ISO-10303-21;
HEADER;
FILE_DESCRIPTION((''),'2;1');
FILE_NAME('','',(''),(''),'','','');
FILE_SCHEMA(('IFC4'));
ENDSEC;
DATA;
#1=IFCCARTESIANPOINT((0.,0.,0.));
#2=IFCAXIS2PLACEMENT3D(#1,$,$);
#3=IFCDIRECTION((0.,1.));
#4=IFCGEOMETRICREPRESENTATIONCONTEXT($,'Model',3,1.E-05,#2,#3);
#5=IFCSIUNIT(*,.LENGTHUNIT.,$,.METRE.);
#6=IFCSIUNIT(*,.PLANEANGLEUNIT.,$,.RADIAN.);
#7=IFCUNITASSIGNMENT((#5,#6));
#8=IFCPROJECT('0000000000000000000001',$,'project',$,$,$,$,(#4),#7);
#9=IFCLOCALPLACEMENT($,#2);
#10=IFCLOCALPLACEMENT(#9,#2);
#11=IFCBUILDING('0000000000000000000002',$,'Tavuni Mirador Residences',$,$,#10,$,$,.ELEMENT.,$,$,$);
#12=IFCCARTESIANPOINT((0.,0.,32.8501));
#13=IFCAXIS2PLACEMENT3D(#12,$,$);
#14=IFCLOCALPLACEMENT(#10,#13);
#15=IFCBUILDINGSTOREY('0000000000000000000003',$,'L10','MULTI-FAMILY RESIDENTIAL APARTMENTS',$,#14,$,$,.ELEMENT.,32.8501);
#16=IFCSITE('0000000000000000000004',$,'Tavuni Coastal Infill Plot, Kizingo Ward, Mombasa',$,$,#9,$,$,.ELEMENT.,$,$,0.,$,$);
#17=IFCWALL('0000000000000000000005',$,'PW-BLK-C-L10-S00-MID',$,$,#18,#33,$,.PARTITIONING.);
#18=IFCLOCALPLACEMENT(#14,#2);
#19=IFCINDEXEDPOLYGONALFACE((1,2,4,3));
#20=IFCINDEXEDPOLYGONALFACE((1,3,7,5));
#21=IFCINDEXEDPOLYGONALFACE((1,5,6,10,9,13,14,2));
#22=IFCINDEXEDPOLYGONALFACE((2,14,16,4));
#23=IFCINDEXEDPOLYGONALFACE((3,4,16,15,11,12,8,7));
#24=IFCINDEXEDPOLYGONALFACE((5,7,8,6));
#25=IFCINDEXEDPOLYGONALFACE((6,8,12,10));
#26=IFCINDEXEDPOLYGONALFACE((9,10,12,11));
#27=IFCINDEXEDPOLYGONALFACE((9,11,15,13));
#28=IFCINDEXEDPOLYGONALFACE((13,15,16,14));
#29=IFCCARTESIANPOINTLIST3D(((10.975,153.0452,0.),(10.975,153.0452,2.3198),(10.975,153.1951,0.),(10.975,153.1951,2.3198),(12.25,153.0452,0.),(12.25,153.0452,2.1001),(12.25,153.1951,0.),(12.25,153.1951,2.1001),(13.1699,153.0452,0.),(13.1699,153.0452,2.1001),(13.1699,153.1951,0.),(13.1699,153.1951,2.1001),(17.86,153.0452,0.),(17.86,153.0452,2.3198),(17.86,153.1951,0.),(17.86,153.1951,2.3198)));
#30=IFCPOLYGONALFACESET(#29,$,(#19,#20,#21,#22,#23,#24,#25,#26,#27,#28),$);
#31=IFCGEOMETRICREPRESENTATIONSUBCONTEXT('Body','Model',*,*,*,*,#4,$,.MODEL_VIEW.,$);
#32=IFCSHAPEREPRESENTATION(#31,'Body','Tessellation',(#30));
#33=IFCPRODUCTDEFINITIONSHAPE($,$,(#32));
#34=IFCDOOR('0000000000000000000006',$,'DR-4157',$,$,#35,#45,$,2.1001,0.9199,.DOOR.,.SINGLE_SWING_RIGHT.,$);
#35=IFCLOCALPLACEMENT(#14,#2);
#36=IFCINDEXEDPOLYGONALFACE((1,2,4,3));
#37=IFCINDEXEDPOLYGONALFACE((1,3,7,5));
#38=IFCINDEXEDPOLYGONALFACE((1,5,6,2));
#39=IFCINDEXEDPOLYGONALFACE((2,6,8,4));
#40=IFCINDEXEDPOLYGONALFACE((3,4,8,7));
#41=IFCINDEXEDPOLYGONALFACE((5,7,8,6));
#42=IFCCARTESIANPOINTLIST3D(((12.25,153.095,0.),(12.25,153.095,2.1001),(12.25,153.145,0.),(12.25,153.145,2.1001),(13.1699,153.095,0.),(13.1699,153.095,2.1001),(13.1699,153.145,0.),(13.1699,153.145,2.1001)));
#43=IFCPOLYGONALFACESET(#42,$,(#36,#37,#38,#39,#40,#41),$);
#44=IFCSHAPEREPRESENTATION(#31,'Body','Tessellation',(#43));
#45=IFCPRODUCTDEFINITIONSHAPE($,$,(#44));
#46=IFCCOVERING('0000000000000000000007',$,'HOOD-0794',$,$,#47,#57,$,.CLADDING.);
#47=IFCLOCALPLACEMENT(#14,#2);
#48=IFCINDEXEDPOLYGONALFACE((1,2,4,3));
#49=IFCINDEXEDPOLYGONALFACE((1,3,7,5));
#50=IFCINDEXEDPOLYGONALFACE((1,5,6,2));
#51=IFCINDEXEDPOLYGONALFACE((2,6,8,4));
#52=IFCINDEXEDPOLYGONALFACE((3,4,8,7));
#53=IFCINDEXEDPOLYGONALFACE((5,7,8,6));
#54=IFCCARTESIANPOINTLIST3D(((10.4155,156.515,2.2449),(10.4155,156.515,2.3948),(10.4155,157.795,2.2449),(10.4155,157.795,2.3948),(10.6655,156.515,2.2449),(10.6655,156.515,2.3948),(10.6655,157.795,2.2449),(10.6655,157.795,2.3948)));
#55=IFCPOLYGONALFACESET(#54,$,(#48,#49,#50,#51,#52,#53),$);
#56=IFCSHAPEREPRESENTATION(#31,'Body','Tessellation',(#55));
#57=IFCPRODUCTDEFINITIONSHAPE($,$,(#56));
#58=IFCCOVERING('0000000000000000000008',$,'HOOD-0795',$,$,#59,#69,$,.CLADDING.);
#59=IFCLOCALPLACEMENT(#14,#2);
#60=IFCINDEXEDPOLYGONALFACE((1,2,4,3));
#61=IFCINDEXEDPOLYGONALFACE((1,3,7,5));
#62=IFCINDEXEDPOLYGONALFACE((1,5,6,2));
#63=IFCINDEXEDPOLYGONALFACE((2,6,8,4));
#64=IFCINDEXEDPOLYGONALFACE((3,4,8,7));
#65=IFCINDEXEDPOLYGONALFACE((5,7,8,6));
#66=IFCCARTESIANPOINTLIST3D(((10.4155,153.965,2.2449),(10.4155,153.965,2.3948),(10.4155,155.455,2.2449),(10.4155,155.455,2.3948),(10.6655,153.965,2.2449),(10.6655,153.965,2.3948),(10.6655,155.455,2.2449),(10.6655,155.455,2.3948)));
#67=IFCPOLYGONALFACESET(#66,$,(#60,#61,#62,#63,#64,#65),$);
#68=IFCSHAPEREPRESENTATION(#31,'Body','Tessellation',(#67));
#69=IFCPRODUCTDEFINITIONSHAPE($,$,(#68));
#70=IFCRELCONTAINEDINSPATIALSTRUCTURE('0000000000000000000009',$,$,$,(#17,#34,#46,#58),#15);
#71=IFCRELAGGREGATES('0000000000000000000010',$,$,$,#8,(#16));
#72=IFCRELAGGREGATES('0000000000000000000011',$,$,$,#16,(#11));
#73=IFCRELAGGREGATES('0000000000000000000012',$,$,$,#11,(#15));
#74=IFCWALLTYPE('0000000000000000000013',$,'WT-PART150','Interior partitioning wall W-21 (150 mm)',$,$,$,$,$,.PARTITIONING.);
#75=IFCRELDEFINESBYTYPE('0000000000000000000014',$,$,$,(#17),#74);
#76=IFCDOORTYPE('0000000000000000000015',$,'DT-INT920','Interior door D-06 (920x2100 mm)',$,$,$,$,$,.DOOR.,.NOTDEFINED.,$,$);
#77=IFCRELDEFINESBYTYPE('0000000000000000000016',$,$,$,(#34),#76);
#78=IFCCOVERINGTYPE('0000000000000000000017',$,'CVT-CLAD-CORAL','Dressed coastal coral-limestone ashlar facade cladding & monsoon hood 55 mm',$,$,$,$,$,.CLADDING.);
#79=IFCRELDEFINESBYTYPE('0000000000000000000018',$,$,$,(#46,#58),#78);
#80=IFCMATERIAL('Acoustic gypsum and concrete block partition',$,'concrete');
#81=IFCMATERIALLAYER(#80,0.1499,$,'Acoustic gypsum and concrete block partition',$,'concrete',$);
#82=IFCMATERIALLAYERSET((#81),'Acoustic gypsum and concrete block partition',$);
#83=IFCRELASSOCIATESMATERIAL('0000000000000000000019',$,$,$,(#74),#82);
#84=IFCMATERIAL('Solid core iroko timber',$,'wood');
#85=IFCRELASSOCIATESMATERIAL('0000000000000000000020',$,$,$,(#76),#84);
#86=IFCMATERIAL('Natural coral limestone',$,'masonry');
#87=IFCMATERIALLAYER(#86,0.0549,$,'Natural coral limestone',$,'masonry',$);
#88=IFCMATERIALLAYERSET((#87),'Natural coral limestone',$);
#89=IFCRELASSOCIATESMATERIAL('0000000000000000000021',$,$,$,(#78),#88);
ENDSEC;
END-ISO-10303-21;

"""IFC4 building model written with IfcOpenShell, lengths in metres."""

from ifc_helpers import new_model, si_unit, direction, frame, frame_2d, origin, origin_2d, place, context, subcontext, project, spatial, rectangle, extrude, material, layer, layer_set, type_object, element, fill, save


model = new_model("IFC4")

# Units and contexts
model_context = context("Model", 3, precision=1e-05, world=origin(), true_north=direction((0.0, 1.0)))
body_context = subcontext(model_context, "Body", "Model", "MODEL_VIEW")
ifc_project = project(units=[si_unit("LENGTHUNIT", "METRE"), si_unit("PLANEANGLEUNIT", "RADIAN")], contexts=[model_context])

# Site, building, storey
site_placement = place(None, origin())
site = spatial("IfcSite", under=ifc_project, at=site_placement, Name="Tavuni Coastal Infill Plot, Kizingo Ward, Mombasa", CompositionType="ELEMENT", RefElevation=0.0)
building_placement = place(site_placement, origin())
building = spatial("IfcBuilding", under=site, at=building_placement, Name="Tavuni Mirador Residences", CompositionType="ELEMENT")
storey_placement = place(building_placement, frame((0.0, 0.0, 32.8501)))
storey = spatial("IfcBuildingStorey", under=building, at=storey_placement, Name="L10", Description="MULTI-FAMILY RESIDENTIAL APARTMENTS", CompositionType="ELEMENT", Elevation=32.8501)

# Wall, opening, door
ifc_material_1 = material(Name="Solid core iroko timber", Category="wood")
ifc_material_2 = material(Name="Acoustic gypsum and concrete block partition", Category="concrete")
ifc_layer_1 = layer(ifc_material_2, 0.1499, Name="Acoustic gypsum and concrete block partition", Category="concrete")
ifc_layer_set_1 = layer_set([ifc_layer_1], Name="Acoustic gypsum and concrete block partition")
wall_type_1 = type_object("IfcWallType", Name="WT-PART150", Description="Interior partitioning wall W-21 (150 mm)", PredefinedType="PARTITIONING", material=ifc_layer_set_1)
wall_1_placement = place(storey_placement, frame((10.9751, 153.1201, 0.0), z_axis=(0.0, 0.0, 1.0), x_axis=(1.0, 0.0, 0.0)))
wall_1 = element("IfcWall", 1, at=wall_1_placement, inside=storey, type_object=wall_type_1, Name="PW-BLK-C-L10-S00-MID", PredefinedType="PARTITIONING", context=body_context, shape_type="SweptSolid", body=[
    extrude(rectangle(XDim=6.885, YDim=0.1499, at=frame_2d((3.4424, 0.0))), origin(), (0.0, 0.0, 1.0), 2.3198),
])
opening_1_placement = place(wall_1_placement, frame((1.2749, 0.0, 0.0)))
opening_1 = element("IfcOpeningElement", 2, at=opening_1_placement, cuts=wall_1, PredefinedType="OPENING", context=body_context, shape_type="SweptSolid", body=[
    extrude(rectangle(XDim=0.9199, YDim=2.1001, at=frame_2d((0.46, 1.05))), frame((0.0, 0.085, 0.0), z_axis=(0.0, -1.0, 0.0), x_axis=(1.0, 0.0, 0.0)), (0.0, 0.0, 1.0), 0.1699),
])
door_type_1 = type_object("IfcDoorType", Name="DT-INT920", Description="Interior door D-06 (920x2100 mm)", OperationType="NOTDEFINED", PredefinedType="DOOR", material=ifc_material_1)
door_1_placement = place(opening_1_placement, origin())
door_1 = element("IfcDoor", 3, at=door_1_placement, inside=storey, type_object=door_type_1, Name="DR-4157", OperationType="SINGLE_SWING_RIGHT", OverallHeight=2.1001, OverallWidth=0.9199, PredefinedType="DOOR", context=body_context, shape_type="SweptSolid", body=[
    extrude(rectangle(XDim=0.9199, YDim=2.1001, at=frame_2d((0.46, 1.05))), frame((0.0, 0.0249, 0.0), z_axis=(0.0, -1.0, 0.0), x_axis=(1.0, 0.0, 0.0)), (0.0, 0.0, 1.0), 0.05),
])
fill(opening_1, door_1)

# Coverings
ifc_material_3 = material(Name="Natural coral limestone", Category="masonry")
ifc_layer_2 = layer(ifc_material_3, 0.0549, Name="Natural coral limestone", Category="masonry")
ifc_layer_set_2 = layer_set([ifc_layer_2], Name="Natural coral limestone")
covering_type = type_object("IfcCoveringType", Name="CVT-CLAD-CORAL", Description="Dressed coastal coral-limestone ashlar facade cladding & monsoon hood 55 mm", PredefinedType="CLADDING", material=ifc_layer_set_2)
covering_1_placement = place(storey_placement, frame((10.5405, 157.155, 2.2449), z_axis=(0.0, 0.0, 1.0), x_axis=(0.0, -1.0, 0.0)))
element("IfcCovering", 4, at=covering_1_placement, inside=storey, type_object=covering_type, Name="HOOD-0794", PredefinedType="CLADDING", context=body_context, shape_type="SweptSolid", body=[
    extrude(rectangle(XDim=1.28, YDim=0.25, at=origin_2d()), origin(), (0.0, 0.0, 1.0), 0.1499),
])
covering_2_placement = place(storey_placement, frame((10.5405, 154.71, 2.2449), z_axis=(0.0, 0.0, 1.0), x_axis=(0.0, -1.0, 0.0)))
element("IfcCovering", 5, at=covering_2_placement, inside=storey, type_object=covering_type, Name="HOOD-0795", PredefinedType="CLADDING", context=body_context, shape_type="SweptSolid", body=[
    extrude(rectangle(XDim=1.49, YDim=0.25, at=origin_2d()), origin(), (0.0, 0.0, 1.0), 0.1499),
])

save(model, "model.ifc")
